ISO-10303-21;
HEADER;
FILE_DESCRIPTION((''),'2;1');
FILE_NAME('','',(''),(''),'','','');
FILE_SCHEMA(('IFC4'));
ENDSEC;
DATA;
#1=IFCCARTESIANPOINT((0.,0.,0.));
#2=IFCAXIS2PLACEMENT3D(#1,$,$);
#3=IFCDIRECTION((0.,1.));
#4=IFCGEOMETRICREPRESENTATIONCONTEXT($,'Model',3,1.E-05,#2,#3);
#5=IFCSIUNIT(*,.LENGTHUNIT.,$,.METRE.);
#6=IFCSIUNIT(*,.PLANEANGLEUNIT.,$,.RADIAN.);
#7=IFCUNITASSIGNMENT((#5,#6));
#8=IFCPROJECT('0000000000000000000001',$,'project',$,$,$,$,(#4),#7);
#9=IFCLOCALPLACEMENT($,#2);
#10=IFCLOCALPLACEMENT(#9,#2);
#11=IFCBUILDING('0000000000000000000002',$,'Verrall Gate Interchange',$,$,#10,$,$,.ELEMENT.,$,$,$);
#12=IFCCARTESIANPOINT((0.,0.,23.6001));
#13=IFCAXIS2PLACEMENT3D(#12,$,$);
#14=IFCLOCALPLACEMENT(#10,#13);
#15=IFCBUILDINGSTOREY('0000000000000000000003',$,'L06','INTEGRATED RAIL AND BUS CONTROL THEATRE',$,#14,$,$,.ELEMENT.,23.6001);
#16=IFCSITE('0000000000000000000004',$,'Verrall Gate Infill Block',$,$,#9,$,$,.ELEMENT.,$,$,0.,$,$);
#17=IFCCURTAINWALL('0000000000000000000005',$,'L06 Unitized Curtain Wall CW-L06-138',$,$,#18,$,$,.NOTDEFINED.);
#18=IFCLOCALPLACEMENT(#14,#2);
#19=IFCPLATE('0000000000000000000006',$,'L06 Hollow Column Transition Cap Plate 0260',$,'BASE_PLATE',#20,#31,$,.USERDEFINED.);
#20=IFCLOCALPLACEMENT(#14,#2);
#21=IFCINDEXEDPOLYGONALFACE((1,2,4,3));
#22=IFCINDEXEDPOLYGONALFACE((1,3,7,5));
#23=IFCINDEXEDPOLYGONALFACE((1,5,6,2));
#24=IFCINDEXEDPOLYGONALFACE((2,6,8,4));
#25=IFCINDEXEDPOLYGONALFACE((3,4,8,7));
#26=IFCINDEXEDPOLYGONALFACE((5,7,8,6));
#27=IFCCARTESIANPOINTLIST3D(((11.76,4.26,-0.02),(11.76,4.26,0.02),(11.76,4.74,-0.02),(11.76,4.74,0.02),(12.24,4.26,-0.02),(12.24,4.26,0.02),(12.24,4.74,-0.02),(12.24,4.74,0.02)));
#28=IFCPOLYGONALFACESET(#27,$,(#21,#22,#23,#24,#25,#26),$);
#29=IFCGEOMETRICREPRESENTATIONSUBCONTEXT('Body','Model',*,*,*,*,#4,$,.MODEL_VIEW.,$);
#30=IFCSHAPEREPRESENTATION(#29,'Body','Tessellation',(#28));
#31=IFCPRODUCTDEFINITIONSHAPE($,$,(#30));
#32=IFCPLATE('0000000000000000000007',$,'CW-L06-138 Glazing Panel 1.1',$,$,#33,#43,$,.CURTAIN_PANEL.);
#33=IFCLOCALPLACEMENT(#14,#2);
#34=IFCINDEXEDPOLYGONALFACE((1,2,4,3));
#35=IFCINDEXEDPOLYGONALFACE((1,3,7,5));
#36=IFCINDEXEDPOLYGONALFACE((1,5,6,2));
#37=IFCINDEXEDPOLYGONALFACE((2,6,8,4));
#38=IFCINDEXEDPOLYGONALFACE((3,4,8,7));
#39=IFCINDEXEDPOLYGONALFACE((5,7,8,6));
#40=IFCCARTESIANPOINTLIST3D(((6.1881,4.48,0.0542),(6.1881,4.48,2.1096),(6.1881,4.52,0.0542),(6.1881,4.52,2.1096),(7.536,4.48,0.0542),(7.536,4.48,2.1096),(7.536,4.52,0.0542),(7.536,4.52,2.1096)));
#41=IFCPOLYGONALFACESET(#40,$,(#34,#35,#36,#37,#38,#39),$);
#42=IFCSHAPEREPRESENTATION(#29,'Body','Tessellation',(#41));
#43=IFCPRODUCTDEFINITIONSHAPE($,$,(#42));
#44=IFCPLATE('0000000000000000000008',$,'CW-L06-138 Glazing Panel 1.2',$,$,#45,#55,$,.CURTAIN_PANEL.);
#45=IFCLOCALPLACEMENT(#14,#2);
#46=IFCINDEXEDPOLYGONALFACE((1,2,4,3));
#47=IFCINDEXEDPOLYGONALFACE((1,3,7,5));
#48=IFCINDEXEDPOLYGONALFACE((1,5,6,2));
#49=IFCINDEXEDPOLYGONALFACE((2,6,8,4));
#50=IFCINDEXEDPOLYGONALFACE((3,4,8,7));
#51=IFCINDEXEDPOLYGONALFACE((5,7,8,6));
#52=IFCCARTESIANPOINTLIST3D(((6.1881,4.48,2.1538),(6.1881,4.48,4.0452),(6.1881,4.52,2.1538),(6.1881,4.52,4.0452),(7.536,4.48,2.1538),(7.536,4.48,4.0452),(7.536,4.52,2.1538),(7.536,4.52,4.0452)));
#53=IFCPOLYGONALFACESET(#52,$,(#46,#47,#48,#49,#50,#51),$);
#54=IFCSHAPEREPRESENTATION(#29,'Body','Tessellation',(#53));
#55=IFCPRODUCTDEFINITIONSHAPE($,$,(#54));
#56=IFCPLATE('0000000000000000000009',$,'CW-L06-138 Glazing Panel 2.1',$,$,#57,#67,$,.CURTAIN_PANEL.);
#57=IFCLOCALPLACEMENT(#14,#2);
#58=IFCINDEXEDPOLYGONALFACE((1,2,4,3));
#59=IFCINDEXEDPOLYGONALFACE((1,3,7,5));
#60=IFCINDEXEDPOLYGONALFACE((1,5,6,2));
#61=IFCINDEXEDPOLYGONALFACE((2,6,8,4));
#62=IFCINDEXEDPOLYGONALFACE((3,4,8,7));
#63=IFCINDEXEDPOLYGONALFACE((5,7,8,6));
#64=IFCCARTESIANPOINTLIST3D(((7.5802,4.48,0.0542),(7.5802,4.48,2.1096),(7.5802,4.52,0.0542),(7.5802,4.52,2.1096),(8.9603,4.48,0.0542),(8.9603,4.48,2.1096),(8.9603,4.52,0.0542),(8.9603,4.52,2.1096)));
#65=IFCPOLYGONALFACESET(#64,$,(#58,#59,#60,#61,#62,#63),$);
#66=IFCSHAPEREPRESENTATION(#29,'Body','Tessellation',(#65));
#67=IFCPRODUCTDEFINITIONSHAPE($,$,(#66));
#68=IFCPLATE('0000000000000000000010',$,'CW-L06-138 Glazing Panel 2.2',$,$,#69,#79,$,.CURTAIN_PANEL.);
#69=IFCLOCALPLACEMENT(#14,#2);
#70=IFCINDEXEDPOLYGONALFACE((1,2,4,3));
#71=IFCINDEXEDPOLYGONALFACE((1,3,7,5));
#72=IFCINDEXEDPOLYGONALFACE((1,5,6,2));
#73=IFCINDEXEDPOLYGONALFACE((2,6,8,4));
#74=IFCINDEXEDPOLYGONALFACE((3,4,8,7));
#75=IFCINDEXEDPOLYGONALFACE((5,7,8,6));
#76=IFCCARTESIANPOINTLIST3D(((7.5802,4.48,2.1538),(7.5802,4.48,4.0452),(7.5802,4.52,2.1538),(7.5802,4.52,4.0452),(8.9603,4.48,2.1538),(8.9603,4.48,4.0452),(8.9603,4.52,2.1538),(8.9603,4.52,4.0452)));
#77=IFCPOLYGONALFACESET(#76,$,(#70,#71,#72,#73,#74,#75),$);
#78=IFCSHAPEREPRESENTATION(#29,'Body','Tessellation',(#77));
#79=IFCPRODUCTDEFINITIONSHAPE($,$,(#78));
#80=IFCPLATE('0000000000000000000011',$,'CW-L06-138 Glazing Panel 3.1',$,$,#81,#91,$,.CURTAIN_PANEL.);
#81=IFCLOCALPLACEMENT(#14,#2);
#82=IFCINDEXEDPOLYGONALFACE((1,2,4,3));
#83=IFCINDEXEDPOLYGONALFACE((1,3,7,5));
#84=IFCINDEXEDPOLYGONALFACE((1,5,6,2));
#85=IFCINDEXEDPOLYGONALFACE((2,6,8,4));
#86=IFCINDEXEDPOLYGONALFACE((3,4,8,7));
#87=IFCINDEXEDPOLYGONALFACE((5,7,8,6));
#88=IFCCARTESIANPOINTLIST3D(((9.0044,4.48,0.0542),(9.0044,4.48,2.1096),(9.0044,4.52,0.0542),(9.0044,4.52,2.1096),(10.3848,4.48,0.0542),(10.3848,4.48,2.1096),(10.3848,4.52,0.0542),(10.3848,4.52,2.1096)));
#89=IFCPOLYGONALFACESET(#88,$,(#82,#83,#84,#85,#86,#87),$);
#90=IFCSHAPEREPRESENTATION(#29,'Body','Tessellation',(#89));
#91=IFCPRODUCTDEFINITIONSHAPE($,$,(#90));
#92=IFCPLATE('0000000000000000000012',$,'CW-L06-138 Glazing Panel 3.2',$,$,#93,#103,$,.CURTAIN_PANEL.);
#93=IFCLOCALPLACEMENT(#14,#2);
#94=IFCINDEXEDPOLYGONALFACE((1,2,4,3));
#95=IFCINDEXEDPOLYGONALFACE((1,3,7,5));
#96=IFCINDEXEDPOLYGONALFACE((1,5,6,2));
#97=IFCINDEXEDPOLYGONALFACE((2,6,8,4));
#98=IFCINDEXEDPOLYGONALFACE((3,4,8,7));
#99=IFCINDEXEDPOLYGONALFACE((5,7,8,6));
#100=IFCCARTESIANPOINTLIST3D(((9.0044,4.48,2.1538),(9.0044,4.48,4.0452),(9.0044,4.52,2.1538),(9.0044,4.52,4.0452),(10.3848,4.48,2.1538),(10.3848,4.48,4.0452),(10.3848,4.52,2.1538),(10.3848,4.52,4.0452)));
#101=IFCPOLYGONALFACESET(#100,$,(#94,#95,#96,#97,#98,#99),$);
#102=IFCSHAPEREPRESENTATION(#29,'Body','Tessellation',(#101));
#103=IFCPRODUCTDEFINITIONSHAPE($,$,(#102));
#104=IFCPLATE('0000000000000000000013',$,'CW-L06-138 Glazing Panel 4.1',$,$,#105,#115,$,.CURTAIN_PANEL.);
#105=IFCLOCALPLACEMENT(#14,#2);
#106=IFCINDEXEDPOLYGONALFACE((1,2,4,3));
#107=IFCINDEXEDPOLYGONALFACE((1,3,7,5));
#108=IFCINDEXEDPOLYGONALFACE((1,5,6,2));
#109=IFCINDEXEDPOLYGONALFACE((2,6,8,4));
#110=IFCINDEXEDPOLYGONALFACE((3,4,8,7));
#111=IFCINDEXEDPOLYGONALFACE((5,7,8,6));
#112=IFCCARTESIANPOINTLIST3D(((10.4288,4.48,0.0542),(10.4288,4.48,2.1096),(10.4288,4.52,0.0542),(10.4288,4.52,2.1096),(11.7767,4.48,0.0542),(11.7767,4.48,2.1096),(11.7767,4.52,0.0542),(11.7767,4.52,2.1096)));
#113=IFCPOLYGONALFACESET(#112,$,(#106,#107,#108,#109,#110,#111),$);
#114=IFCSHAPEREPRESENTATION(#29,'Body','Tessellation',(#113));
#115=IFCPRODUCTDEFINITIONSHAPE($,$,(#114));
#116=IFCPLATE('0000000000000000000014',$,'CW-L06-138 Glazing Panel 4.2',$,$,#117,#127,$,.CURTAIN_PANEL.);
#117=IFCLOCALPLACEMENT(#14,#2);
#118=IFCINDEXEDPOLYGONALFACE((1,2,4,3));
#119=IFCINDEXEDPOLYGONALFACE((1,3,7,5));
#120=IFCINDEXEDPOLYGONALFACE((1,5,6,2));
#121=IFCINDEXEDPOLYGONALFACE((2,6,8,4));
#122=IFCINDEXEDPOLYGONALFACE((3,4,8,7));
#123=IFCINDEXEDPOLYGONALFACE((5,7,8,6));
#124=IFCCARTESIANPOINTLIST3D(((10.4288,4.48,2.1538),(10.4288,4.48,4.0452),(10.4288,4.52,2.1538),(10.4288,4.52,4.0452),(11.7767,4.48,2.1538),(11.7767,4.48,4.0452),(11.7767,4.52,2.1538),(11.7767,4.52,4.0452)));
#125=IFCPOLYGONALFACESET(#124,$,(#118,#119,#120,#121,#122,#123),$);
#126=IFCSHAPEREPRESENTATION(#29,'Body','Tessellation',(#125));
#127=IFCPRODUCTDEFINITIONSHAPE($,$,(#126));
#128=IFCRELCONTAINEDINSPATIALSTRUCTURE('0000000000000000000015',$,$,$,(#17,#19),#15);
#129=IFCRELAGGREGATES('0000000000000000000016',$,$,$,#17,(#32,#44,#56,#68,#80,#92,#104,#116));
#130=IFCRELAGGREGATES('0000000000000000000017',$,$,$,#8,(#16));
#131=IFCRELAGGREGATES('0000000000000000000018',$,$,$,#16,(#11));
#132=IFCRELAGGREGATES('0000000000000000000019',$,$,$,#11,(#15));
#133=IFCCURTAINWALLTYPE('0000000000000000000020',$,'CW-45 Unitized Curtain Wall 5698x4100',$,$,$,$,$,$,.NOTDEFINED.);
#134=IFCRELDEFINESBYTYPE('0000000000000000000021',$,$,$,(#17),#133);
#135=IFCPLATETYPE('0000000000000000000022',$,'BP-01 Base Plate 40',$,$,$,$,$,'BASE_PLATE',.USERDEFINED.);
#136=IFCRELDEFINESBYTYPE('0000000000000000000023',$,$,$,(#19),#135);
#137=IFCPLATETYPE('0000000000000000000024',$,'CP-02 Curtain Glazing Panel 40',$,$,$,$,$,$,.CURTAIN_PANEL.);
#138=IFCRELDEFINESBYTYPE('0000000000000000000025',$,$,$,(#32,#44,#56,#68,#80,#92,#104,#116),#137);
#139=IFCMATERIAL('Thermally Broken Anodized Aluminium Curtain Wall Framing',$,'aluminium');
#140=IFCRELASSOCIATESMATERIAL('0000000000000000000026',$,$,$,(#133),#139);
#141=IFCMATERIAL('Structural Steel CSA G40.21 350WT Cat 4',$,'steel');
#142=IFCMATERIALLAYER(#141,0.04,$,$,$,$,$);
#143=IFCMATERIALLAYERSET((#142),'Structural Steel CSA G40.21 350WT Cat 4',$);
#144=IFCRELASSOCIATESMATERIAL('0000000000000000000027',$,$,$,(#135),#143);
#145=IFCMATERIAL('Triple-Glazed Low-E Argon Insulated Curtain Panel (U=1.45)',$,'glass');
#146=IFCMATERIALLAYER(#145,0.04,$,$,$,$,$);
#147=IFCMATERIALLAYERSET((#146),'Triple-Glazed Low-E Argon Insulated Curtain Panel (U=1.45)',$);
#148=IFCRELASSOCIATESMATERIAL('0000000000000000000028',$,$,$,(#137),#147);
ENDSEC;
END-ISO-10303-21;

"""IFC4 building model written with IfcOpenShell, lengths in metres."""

from ifc_helpers import new_model, si_unit, direction, frame, origin, origin_2d, place, context, subcontext, project, spatial, rectangle, extrude, material, layer, layer_set, type_object, element, aggregate, save


model = new_model("IFC4")

# Units and contexts
model_context = context("Model", 3, precision=1e-05, world=origin(), true_north=direction((0.0, 1.0)))
body_context = subcontext(model_context, "Body", "Model", "MODEL_VIEW")
ifc_project = project(units=[si_unit("LENGTHUNIT", "METRE"), si_unit("PLANEANGLEUNIT", "RADIAN")], contexts=[model_context])

# Site, building, storey
site_placement = place(None, origin())
site = spatial("IfcSite", under=ifc_project, at=site_placement, Name="Verrall Gate Infill Block", CompositionType="ELEMENT", RefElevation=0.0)
building_placement = place(site_placement, origin())
building = spatial("IfcBuilding", under=site, at=building_placement, Name="Verrall Gate Interchange", CompositionType="ELEMENT")
storey_placement = place(building_placement, frame((0.0, 0.0, 23.6001)))
storey = spatial("IfcBuildingStorey", under=building, at=storey_placement, Name="L06", Description="INTEGRATED RAIL AND BUS CONTROL THEATRE", CompositionType="ELEMENT", Elevation=23.6001)

# Curtain wall
ifc_material_1 = material(Name="Thermally Broken Anodized Aluminium Curtain Wall Framing", Category="aluminium")
curtain_wall_type = type_object("IfcCurtainWallType", Name="CW-45 Unitized Curtain Wall 5698x4100", PredefinedType="NOTDEFINED", material=ifc_material_1)
curtain_wall_placement = place(storey_placement, origin())
curtain_wall = element("IfcCurtainWall", 1, at=curtain_wall_placement, inside=storey, type_object=curtain_wall_type, Name="L06 Unitized Curtain Wall CW-L06-138", PredefinedType="NOTDEFINED")

# Plates
ifc_material_2 = material(Name="Structural Steel CSA G40.21 350WT Cat 4", Category="steel")
ifc_layer_1 = layer(ifc_material_2, 0.04)
ifc_layer_set_1 = layer_set([ifc_layer_1], Name="Structural Steel CSA G40.21 350WT Cat 4")
plate_type_1 = type_object("IfcPlateType", Name="BP-01 Base Plate 40", ElementType="BASE_PLATE", PredefinedType="USERDEFINED", material=ifc_layer_set_1)
plate_1_placement = place(storey_placement, frame((12.0, 4.5, -0.02), z_axis=(0.0, 0.0, 1.0), x_axis=(1.0, 0.0, 0.0)))
element("IfcPlate", 2, at=plate_1_placement, inside=storey, type_object=plate_type_1, Name="L06 Hollow Column Transition Cap Plate 0260", ObjectType="BASE_PLATE", PredefinedType="USERDEFINED", context=body_context, shape_type="SweptSolid", body=[
    extrude(rectangle(XDim=0.48, YDim=0.48, at=origin_2d()), origin(), (0.0, 0.0, 1.0), 0.04),
])
ifc_material_3 = material(Name="Triple-Glazed Low-E Argon Insulated Curtain Panel (U=1.45)", Category="glass")
ifc_layer_2 = layer(ifc_material_3, 0.04)
ifc_layer_set_2 = layer_set([ifc_layer_2], Name="Triple-Glazed Low-E Argon Insulated Curtain Panel (U=1.45)")
plate_type_2 = type_object("IfcPlateType", Name="CP-02 Curtain Glazing Panel 40", PredefinedType="CURTAIN_PANEL", material=ifc_layer_set_2)
plate_2_placement = place(storey_placement, frame((6.8621, 4.5, 0.0542), z_axis=(0.0, 0.0, 1.0), x_axis=(1.0, 0.0, 0.0)))
plate_2 = element("IfcPlate", 3, at=plate_2_placement, type_object=plate_type_2, Name="CW-L06-138 Glazing Panel 1.1", PredefinedType="CURTAIN_PANEL", context=body_context, shape_type="SweptSolid", body=[
    extrude(rectangle(XDim=1.3479, YDim=0.04, at=origin_2d()), origin(), (0.0, 0.0, 1.0), 2.0554),
])
plate_3_placement = place(storey_placement, frame((6.8621, 4.5, 2.1538), z_axis=(0.0, 0.0, 1.0), x_axis=(1.0, 0.0, 0.0)))
plate_3 = element("IfcPlate", 4, at=plate_3_placement, type_object=plate_type_2, Name="CW-L06-138 Glazing Panel 1.2", PredefinedType="CURTAIN_PANEL", context=body_context, shape_type="SweptSolid", body=[
    extrude(rectangle(XDim=1.3479, YDim=0.04, at=origin_2d()), origin(), (0.0, 0.0, 1.0), 1.8914),
])
plate_4_placement = place(storey_placement, frame((8.2703, 4.5, 0.0542), z_axis=(0.0, 0.0, 1.0), x_axis=(1.0, 0.0, 0.0)))
plate_4 = element("IfcPlate", 5, at=plate_4_placement, type_object=plate_type_2, Name="CW-L06-138 Glazing Panel 2.1", PredefinedType="CURTAIN_PANEL", context=body_context, shape_type="SweptSolid", body=[
    extrude(rectangle(XDim=1.3801, YDim=0.04, at=origin_2d()), origin(), (0.0, 0.0, 1.0), 2.0554),
])
plate_5_placement = place(storey_placement, frame((8.2703, 4.5, 2.1538), z_axis=(0.0, 0.0, 1.0), x_axis=(1.0, 0.0, 0.0)))
plate_5 = element("IfcPlate", 6, at=plate_5_placement, type_object=plate_type_2, Name="CW-L06-138 Glazing Panel 2.2", PredefinedType="CURTAIN_PANEL", context=body_context, shape_type="SweptSolid", body=[
    extrude(rectangle(XDim=1.3801, YDim=0.04, at=origin_2d()), origin(), (0.0, 0.0, 1.0), 1.8914),
])
plate_6_placement = place(storey_placement, frame((9.6946, 4.5, 0.0542), z_axis=(0.0, 0.0, 1.0), x_axis=(1.0, 0.0, 0.0)))
plate_6 = element("IfcPlate", 7, at=plate_6_placement, type_object=plate_type_2, Name="CW-L06-138 Glazing Panel 3.1", PredefinedType="CURTAIN_PANEL", context=body_context, shape_type="SweptSolid", body=[
    extrude(rectangle(XDim=1.3804, YDim=0.04, at=origin_2d()), origin(), (0.0, 0.0, 1.0), 2.0554),
])
plate_7_placement = place(storey_placement, frame((9.6946, 4.5, 2.1538), z_axis=(0.0, 0.0, 1.0), x_axis=(1.0, 0.0, 0.0)))
plate_7 = element("IfcPlate", 8, at=plate_7_placement, type_object=plate_type_2, Name="CW-L06-138 Glazing Panel 3.2", PredefinedType="CURTAIN_PANEL", context=body_context, shape_type="SweptSolid", body=[
    extrude(rectangle(XDim=1.3804, YDim=0.04, at=origin_2d()), origin(), (0.0, 0.0, 1.0), 1.8914),
])
plate_8_placement = place(storey_placement, frame((11.1028, 4.5, 0.0542), z_axis=(0.0, 0.0, 1.0), x_axis=(1.0, 0.0, 0.0)))
plate_8 = element("IfcPlate", 9, at=plate_8_placement, type_object=plate_type_2, Name="CW-L06-138 Glazing Panel 4.1", PredefinedType="CURTAIN_PANEL", context=body_context, shape_type="SweptSolid", body=[
    extrude(rectangle(XDim=1.3479, YDim=0.04, at=origin_2d()), origin(), (0.0, 0.0, 1.0), 2.0554),
])
plate_9_placement = place(storey_placement, frame((11.1028, 4.5, 2.1538), z_axis=(0.0, 0.0, 1.0), x_axis=(1.0, 0.0, 0.0)))
plate_9 = element("IfcPlate", 10, at=plate_9_placement, type_object=plate_type_2, Name="CW-L06-138 Glazing Panel 4.2", PredefinedType="CURTAIN_PANEL", context=body_context, shape_type="SweptSolid", body=[
    extrude(rectangle(XDim=1.3479, YDim=0.04, at=origin_2d()), origin(), (0.0, 0.0, 1.0), 1.8914),
])
aggregate(curtain_wall, [plate_2, plate_3, plate_4, plate_5, plate_6, plate_7, plate_8, plate_9])

save(model, "model.ifc")
